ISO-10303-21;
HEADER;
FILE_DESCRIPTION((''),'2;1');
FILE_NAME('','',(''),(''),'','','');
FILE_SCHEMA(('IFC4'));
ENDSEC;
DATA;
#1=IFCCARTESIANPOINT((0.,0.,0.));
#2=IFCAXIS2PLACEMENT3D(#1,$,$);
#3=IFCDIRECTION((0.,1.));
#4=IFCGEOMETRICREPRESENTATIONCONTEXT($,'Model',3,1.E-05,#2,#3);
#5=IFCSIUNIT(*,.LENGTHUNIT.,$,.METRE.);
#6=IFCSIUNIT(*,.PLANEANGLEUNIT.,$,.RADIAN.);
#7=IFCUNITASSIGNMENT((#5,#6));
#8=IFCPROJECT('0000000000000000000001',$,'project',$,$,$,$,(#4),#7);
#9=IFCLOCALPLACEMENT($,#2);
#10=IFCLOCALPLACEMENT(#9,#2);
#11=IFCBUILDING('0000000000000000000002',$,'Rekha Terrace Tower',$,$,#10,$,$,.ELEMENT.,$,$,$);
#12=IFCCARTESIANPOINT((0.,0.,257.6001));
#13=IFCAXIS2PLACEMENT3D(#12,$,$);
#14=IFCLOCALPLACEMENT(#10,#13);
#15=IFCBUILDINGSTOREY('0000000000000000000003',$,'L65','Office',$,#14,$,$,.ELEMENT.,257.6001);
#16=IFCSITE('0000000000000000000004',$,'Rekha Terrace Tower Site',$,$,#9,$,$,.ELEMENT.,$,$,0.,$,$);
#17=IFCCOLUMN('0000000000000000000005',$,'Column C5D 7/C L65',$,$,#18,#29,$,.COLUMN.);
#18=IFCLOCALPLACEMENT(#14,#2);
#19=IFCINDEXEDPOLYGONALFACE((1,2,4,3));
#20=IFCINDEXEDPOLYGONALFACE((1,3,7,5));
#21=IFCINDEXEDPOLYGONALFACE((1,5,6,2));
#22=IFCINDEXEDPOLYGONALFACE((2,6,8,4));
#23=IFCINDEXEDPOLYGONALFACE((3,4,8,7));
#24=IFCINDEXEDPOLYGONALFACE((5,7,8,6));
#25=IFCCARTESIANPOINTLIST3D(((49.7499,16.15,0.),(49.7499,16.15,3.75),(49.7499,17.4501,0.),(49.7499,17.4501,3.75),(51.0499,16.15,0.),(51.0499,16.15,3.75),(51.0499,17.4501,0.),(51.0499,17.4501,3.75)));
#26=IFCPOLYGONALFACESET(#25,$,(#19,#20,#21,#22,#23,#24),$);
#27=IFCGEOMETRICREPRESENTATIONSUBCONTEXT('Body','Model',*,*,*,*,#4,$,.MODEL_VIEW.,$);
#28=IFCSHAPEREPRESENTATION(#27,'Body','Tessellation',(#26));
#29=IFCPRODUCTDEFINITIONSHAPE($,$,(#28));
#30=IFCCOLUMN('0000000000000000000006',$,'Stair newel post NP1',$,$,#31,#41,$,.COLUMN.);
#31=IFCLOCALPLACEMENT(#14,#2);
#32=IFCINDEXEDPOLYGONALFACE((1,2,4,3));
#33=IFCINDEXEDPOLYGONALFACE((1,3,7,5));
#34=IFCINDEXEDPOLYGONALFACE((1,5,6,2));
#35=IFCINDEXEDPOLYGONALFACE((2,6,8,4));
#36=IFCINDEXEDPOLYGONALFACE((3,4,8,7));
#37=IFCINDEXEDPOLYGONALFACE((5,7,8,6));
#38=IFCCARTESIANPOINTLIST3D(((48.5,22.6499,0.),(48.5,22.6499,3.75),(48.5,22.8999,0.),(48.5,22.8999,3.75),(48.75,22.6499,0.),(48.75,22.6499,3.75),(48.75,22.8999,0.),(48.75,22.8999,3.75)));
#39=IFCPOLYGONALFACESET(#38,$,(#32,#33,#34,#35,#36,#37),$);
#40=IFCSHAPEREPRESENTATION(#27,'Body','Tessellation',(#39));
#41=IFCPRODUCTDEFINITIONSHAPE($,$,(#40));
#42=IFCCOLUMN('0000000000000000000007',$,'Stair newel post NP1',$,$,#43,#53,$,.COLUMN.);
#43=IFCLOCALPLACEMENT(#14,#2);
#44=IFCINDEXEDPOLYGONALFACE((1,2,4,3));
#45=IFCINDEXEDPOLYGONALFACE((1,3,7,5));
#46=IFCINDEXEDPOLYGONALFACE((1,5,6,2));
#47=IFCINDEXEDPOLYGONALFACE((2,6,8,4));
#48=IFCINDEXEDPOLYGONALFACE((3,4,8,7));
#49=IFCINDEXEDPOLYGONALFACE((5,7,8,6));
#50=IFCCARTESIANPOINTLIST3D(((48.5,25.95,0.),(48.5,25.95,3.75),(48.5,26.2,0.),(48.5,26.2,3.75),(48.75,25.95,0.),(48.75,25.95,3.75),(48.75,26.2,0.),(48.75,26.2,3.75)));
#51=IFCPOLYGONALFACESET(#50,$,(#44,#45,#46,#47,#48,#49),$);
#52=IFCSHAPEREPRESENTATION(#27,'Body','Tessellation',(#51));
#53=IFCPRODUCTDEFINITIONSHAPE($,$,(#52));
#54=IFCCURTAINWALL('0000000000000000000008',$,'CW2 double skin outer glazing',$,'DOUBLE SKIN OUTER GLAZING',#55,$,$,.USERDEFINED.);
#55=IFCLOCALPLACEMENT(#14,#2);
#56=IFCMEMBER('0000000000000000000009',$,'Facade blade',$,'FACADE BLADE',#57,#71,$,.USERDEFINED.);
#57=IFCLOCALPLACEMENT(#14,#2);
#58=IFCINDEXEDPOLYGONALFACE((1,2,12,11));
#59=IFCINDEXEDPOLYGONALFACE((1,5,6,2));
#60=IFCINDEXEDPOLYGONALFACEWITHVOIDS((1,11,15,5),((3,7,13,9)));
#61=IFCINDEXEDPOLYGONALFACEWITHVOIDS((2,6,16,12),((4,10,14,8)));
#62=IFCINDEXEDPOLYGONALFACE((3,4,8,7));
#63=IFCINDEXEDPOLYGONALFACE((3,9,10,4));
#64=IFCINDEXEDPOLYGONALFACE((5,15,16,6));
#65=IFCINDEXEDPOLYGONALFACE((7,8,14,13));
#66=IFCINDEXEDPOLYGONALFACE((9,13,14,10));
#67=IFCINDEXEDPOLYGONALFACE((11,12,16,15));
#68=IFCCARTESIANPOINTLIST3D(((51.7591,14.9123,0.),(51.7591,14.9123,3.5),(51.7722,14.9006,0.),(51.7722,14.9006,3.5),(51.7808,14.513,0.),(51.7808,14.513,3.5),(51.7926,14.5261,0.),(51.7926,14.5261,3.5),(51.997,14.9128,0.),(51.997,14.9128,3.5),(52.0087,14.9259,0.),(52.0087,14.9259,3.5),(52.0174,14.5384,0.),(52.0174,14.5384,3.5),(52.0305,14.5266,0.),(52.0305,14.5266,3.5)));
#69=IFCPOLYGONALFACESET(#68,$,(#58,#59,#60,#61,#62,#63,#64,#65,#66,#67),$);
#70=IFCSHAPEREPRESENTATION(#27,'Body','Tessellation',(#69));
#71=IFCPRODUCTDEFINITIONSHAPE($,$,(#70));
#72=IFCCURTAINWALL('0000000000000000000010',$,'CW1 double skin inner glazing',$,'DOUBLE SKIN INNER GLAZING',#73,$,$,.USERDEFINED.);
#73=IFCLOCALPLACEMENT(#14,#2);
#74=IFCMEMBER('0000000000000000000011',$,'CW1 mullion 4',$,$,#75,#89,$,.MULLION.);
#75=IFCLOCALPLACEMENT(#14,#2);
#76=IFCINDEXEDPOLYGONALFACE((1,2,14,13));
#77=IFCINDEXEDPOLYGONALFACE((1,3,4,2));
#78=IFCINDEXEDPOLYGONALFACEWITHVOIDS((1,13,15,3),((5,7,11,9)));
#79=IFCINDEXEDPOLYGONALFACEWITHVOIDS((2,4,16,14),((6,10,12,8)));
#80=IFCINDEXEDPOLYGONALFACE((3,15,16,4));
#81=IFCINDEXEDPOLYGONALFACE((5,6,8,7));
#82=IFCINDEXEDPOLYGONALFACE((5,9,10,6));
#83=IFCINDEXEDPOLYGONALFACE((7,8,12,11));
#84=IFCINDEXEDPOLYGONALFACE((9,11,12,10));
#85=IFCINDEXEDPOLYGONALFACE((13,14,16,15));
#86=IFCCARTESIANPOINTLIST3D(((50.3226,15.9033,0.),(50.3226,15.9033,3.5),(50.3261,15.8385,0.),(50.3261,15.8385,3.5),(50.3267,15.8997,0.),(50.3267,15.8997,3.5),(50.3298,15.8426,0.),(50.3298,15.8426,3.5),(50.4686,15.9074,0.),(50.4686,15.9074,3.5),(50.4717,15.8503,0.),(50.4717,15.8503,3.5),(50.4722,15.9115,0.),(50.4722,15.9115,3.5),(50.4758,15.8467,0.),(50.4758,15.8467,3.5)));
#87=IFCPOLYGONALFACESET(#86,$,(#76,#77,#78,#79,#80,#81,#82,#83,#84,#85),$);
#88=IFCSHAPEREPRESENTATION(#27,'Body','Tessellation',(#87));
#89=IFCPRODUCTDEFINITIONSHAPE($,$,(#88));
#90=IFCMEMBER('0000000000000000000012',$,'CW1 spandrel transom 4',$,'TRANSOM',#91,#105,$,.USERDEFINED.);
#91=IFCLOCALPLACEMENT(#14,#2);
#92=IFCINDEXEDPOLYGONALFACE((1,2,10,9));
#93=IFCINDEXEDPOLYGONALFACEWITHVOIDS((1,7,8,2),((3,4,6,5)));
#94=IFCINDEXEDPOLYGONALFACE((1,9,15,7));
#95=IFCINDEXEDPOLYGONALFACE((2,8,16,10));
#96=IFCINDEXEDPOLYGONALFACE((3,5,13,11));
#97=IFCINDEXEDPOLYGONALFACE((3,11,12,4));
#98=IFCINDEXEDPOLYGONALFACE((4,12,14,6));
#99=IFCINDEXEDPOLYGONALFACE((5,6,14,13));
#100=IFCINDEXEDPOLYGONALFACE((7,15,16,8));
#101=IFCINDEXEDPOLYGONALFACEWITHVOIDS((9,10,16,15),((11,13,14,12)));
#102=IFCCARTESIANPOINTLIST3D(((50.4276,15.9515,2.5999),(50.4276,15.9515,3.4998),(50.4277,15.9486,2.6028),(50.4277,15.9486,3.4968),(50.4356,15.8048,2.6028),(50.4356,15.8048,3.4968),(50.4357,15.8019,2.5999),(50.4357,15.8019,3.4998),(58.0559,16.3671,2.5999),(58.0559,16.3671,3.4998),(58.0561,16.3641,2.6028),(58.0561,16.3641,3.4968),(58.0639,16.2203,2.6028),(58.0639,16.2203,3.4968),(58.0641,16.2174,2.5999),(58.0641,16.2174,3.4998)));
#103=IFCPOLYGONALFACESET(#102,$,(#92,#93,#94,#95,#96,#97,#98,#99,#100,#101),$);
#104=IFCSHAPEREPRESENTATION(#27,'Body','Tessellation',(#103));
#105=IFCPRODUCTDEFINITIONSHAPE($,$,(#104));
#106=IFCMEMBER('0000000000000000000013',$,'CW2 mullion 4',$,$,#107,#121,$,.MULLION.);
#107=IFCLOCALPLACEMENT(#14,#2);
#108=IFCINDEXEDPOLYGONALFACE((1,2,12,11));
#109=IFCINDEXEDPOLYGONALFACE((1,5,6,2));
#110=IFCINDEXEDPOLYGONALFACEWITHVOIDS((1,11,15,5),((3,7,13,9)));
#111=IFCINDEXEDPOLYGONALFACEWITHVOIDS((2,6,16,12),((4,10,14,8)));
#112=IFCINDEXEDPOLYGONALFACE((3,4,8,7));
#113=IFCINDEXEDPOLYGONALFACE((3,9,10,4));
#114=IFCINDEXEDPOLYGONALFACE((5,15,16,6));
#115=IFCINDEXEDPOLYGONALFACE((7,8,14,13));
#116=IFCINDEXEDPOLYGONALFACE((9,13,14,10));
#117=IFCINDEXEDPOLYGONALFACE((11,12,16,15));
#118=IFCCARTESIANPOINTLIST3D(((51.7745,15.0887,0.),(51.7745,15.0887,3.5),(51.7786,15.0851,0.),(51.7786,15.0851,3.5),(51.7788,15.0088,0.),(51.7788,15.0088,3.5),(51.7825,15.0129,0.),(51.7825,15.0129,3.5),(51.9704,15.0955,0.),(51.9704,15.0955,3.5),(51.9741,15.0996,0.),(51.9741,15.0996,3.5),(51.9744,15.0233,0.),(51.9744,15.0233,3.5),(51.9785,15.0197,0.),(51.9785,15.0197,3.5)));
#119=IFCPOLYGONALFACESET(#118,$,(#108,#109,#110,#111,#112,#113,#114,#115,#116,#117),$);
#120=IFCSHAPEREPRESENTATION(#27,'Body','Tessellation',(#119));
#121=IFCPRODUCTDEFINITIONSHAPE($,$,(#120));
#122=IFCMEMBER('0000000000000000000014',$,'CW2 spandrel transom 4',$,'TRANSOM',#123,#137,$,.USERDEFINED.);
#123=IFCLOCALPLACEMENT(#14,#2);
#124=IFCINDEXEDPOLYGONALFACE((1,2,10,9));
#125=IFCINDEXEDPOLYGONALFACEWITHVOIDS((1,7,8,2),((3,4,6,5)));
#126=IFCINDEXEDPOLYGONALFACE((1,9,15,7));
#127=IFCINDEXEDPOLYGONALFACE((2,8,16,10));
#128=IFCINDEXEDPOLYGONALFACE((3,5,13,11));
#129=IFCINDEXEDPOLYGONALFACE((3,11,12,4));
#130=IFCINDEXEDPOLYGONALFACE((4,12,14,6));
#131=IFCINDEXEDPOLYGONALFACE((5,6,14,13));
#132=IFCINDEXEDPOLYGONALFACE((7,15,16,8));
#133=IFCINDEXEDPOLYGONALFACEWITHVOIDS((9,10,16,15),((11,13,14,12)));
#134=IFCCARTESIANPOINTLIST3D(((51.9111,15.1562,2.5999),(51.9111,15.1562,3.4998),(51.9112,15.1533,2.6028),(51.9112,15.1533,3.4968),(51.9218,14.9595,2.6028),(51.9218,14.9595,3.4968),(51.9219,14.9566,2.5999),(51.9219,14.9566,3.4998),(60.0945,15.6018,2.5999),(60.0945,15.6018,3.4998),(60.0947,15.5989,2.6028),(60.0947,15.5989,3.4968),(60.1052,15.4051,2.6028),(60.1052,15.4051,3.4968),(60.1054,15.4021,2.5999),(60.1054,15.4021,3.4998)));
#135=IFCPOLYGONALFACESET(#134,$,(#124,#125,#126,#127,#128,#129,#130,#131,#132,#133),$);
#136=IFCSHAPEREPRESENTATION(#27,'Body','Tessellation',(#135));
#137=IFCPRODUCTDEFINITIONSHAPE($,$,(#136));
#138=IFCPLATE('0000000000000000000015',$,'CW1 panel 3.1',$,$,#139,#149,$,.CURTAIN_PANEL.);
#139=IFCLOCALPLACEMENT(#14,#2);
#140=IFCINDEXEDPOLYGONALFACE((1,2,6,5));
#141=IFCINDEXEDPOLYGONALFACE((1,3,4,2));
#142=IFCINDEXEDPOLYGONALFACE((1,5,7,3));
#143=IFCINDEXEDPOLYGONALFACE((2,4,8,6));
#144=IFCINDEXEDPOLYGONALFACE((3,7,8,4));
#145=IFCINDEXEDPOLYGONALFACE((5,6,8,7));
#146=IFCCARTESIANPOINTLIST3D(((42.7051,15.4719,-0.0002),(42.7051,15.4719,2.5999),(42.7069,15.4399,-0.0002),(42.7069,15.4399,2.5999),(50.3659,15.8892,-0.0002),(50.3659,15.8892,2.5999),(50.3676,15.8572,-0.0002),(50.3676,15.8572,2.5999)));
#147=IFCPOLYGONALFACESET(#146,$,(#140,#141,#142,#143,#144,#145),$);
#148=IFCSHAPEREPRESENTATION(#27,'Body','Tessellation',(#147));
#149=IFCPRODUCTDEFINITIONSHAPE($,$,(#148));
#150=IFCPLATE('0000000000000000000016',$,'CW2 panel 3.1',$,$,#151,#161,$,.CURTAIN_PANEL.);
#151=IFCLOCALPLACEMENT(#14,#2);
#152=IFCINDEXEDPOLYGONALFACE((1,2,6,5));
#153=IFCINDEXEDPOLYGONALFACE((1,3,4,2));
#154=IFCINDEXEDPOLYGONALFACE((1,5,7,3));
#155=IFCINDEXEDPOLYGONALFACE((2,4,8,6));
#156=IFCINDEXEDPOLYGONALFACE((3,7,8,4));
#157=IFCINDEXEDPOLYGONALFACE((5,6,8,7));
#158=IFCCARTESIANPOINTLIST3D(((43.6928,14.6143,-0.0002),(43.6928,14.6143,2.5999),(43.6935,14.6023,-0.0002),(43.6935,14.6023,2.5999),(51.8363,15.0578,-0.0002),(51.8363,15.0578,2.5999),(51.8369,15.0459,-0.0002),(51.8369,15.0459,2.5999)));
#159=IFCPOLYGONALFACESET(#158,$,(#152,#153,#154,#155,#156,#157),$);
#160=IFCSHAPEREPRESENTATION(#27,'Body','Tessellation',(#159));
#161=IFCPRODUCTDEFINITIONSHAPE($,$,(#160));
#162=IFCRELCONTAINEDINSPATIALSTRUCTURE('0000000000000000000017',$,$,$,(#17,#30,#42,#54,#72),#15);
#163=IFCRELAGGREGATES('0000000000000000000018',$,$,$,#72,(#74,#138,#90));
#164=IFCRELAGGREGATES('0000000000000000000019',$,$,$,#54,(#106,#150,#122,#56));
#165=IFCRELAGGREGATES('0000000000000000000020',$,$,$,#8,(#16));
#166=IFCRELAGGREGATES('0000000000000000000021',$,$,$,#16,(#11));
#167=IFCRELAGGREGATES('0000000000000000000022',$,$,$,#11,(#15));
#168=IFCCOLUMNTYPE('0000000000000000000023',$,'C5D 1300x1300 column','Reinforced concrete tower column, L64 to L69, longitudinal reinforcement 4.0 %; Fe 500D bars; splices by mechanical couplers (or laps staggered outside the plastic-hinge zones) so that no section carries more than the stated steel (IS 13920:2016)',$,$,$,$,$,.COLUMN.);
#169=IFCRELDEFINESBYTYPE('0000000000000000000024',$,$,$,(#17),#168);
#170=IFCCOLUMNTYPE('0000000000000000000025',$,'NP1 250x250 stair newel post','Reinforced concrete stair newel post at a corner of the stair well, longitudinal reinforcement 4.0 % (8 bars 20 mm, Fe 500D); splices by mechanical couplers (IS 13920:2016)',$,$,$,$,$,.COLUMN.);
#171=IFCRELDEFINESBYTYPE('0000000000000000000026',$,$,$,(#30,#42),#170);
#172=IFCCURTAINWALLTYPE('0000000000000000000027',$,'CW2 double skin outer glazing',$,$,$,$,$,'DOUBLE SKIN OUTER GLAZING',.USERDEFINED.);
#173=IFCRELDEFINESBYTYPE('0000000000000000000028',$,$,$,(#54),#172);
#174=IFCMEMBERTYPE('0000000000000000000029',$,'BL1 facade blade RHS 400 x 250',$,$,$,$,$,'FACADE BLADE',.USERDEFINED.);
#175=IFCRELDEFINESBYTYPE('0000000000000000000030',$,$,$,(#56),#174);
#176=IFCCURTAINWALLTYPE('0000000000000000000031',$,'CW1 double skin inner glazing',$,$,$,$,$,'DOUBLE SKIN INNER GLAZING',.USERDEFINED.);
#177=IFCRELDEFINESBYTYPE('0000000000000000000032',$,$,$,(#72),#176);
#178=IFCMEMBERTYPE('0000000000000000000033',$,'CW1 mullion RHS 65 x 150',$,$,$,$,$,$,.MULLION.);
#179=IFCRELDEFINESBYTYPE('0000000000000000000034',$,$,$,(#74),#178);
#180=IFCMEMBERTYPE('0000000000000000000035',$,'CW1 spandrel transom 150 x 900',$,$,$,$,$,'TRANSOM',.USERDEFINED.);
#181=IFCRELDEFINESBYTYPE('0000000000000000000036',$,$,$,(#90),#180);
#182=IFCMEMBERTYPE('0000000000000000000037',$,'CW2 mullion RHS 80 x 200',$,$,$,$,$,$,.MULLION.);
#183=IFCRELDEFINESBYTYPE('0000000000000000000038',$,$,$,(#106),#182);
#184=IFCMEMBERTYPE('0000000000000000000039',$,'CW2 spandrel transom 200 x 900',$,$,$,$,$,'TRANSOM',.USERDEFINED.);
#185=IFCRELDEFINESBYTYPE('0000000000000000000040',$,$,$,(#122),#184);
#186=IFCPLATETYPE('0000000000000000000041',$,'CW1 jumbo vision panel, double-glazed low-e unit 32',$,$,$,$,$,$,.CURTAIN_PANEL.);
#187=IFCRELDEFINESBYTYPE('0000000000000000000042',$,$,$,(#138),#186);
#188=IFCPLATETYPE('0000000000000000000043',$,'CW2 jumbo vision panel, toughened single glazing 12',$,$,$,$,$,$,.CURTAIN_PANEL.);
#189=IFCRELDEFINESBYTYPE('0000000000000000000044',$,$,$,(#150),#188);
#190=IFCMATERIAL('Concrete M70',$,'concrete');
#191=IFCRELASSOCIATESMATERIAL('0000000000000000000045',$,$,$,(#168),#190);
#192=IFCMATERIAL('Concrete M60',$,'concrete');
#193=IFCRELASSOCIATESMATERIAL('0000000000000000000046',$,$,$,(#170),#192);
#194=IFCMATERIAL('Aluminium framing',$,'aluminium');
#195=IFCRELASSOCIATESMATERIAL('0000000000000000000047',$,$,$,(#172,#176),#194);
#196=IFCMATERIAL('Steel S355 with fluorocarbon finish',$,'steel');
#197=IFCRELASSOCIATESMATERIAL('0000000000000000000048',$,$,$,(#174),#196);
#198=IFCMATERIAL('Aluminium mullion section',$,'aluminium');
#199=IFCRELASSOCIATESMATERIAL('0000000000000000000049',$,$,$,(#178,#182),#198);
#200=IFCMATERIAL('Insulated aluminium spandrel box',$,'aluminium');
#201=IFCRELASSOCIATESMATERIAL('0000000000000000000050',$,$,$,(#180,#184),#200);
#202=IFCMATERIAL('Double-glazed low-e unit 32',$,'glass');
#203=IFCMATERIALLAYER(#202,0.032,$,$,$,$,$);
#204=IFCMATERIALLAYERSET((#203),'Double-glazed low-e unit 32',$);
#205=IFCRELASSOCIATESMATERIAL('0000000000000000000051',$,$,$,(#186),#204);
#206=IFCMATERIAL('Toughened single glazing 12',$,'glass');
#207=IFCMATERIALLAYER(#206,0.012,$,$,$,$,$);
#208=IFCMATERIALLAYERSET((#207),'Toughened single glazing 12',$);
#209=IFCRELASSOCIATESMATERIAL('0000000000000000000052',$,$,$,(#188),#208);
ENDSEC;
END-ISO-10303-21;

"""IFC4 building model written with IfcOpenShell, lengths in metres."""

from ifc_helpers import new_model, si_unit, direction, frame, origin, origin_2d, place, context, subcontext, project, spatial, rectangle, hollow_rectangle, extrude, material, layer, layer_set, material_profile, profile_set, type_object, element, aggregate, save


model = new_model("IFC4")

# Units and contexts
model_context = context("Model", 3, precision=1e-05, world=origin(), true_north=direction((0.0, 1.0)))
body_context = subcontext(model_context, "Body", "Model", "MODEL_VIEW")
ifc_project = project(units=[si_unit("LENGTHUNIT", "METRE"), si_unit("PLANEANGLEUNIT", "RADIAN")], contexts=[model_context])

# Site, building, storey
site_placement = place(None, origin())
site = spatial("IfcSite", under=ifc_project, at=site_placement, Name="Rekha Terrace Tower Site", CompositionType="ELEMENT", RefElevation=0.0)
building_placement = place(site_placement, origin())
building = spatial("IfcBuilding", under=site, at=building_placement, Name="Rekha Terrace Tower", CompositionType="ELEMENT")
storey_placement = place(building_placement, frame((0.0, 0.0, 257.6001)))
storey = spatial("IfcBuildingStorey", under=building, at=storey_placement, Name="L65", Description="Office", CompositionType="ELEMENT", Elevation=257.6001)

# Columns
ifc_material_1 = material(Name="Concrete M70", Category="concrete")
ifc_material_profile_1 = material_profile(ifc_material_1, rectangle(XDim=1.3, YDim=1.3, at=origin_2d()), Name="RC 1300x1300")
ifc_profile_set_1 = profile_set([ifc_material_profile_1], Name="Concrete M70")
column_type_1 = type_object("IfcColumnType", Name="C5D 1300x1300 column", Description="Reinforced concrete tower column, L64 to L69, longitudinal reinforcement 4.0 %; Fe 500D bars; splices by mechanical couplers (or laps staggered outside the plastic-hinge zones) so that no section carries more than the stated steel (IS 13920:2016)", PredefinedType="COLUMN", material=ifc_profile_set_1)
column_placement = place(storey_placement, frame((50.3999, 16.8, 0.0), z_axis=(0.0, 0.0, 1.0), x_axis=(1.0, 0.0, 0.0)))
element("IfcColumn", 1, at=column_placement, inside=storey, type_object=column_type_1, Name="Column C5D 7/C L65", PredefinedType="COLUMN", context=body_context, shape_type="SweptSolid", body=[
    extrude(rectangle(XDim=1.3, YDim=1.3, at=origin_2d()), origin(), (0.0, 0.0, 1.0), 3.75),
])
ifc_material_2 = material(Name="Concrete M60", Category="concrete")
ifc_material_profile_2 = material_profile(ifc_material_2, rectangle(XDim=0.25, YDim=0.25, at=origin_2d()), Name="RC 250x250")
ifc_profile_set_2 = profile_set([ifc_material_profile_2], Name="Concrete M60")
column_type_2 = type_object("IfcColumnType", Name="NP1 250x250 stair newel post", Description="Reinforced concrete stair newel post at a corner of the stair well, longitudinal reinforcement 4.0 % (8 bars 20 mm, Fe 500D); splices by mechanical couplers (IS 13920:2016)", PredefinedType="COLUMN", material=ifc_profile_set_2)
for number, where, z_axis, x_axis, name in (
    (2, (48.625, 22.7749, 0.0), (0.0, 0.0, 1.0), (1.0, 0.0, 0.0), "Stair newel post NP1"),
    (3, (48.625, 26.075, 0.0), (0.0, 0.0, 1.0), (1.0, 0.0, 0.0), "Stair newel post NP1"),
):
    element("IfcColumn", number, at=place(storey_placement, frame(where, z_axis=z_axis, x_axis=x_axis)), inside=storey, type_object=column_type_2, Name=name, PredefinedType="COLUMN", context=body_context, shape_type="SweptSolid", body=[
        extrude(rectangle(XDim=0.25, YDim=0.25, at=origin_2d()), origin(), (0.0, 0.0, 1.0), 3.75),
    ])

# Curtain wall, member
ifc_material_3 = material(Name="Aluminium framing", Category="aluminium")
curtain_wall_type_1 = type_object("IfcCurtainWallType", Name="CW2 double skin outer glazing", ElementType="DOUBLE SKIN OUTER GLAZING", PredefinedType="USERDEFINED", material=ifc_material_3)
curtain_wall_1_placement = place(storey_placement, origin())
curtain_wall_1 = element("IfcCurtainWall", 4, at=curtain_wall_1_placement, inside=storey, type_object=curtain_wall_type_1, Name="CW2 double skin outer glazing", ObjectType="DOUBLE SKIN OUTER GLAZING", PredefinedType="USERDEFINED")
ifc_material_4 = material(Name="Steel S355 with fluorocarbon finish", Category="steel")
ifc_material_profile_3 = material_profile(ifc_material_4, hollow_rectangle(XDim=0.25, YDim=0.3999, WallThickness=0.0125, at=origin_2d()), Name="RHS400x250x12.5")
ifc_profile_set_3 = profile_set([ifc_material_profile_3], Name="Steel S355 with fluorocarbon finish")
member_type_1 = type_object("IfcMemberType", Name="BL1 facade blade RHS 400 x 250", ElementType="FACADE BLADE", PredefinedType="USERDEFINED", material=ifc_profile_set_3)
member_1_placement = place(storey_placement, frame((51.8948, 14.7195, 0.0), z_axis=(0.0, 0.0, 1.0), x_axis=(0.99852, 0.054389, 0.0)))
member_1 = element("IfcMember", 5, at=member_1_placement, type_object=member_type_1, Name="Facade blade", ObjectType="FACADE BLADE", PredefinedType="USERDEFINED", context=body_context, shape_type="SweptSolid", body=[
    extrude(hollow_rectangle(XDim=0.25, YDim=0.3999, WallThickness=0.0125, at=origin_2d()), origin(), (0.0, 0.0, 1.0), 3.5),
])

# Curtain wall, members
curtain_wall_type_2 = type_object("IfcCurtainWallType", Name="CW1 double skin inner glazing", ElementType="DOUBLE SKIN INNER GLAZING", PredefinedType="USERDEFINED", material=ifc_material_3)
curtain_wall_2_placement = place(storey_placement, origin())
curtain_wall_2 = element("IfcCurtainWall", 6, at=curtain_wall_2_placement, inside=storey, type_object=curtain_wall_type_2, Name="CW1 double skin inner glazing", ObjectType="DOUBLE SKIN INNER GLAZING", PredefinedType="USERDEFINED")
ifc_material_5 = material(Name="Aluminium mullion section", Category="aluminium")
ifc_material_profile_4 = material_profile(ifc_material_5, hollow_rectangle(XDim=0.0649, YDim=0.1499, WallThickness=0.0039, at=origin_2d()), Name="AL RHS 65x150")
ifc_profile_set_4 = profile_set([ifc_material_profile_4], Name="Aluminium mullion section")
member_type_2 = type_object("IfcMemberType", Name="CW1 mullion RHS 65 x 150", PredefinedType="MULLION", material=ifc_profile_set_4)
member_2_placement = place(storey_placement, frame((50.3992, 15.875, 0.0), z_axis=(0.0, 0.0, 1.0), x_axis=(-0.054389, 0.99852, 0.0)))
member_2 = element("IfcMember", 7, at=member_2_placement, type_object=member_type_2, Name="CW1 mullion 4", PredefinedType="MULLION", context=body_context, shape_type="SweptSolid", body=[
    extrude(hollow_rectangle(XDim=0.0649, YDim=0.1499, WallThickness=0.0039, at=origin_2d()), origin(), (0.0, 0.0, 1.0), 3.5),
])
ifc_material_6 = material(Name="Insulated aluminium spandrel box", Category="aluminium")
ifc_material_profile_5 = material_profile(ifc_material_6, hollow_rectangle(XDim=0.1499, YDim=0.8999, WallThickness=0.0029, at=origin_2d()), Name="AL SPANDREL BOX 150x900")
ifc_profile_set_5 = profile_set([ifc_material_profile_5], Name="Insulated aluminium spandrel box")
member_type_3 = type_object("IfcMemberType", Name="CW1 spandrel transom 150 x 900", ElementType="TRANSOM", PredefinedType="USERDEFINED", material=ifc_profile_set_5)
member_3_placement = place(storey_placement, frame((50.4316, 15.8767, 3.0498), z_axis=(0.99852, 0.05439, 0.0), x_axis=(-0.05439, 0.99852, 0.0)))
member_3 = element("IfcMember", 8, at=member_3_placement, type_object=member_type_3, Name="CW1 spandrel transom 4", ObjectType="TRANSOM", PredefinedType="USERDEFINED", context=body_context, shape_type="SweptSolid", body=[
    extrude(hollow_rectangle(XDim=0.1499, YDim=0.8999, WallThickness=0.0029, at=origin_2d()), origin(), (0.0, 0.0, 1.0), 7.6396),
])

# Members
ifc_material_profile_6 = material_profile(ifc_material_5, hollow_rectangle(XDim=0.0801, YDim=0.2, WallThickness=0.0039, at=origin_2d()), Name="AL RHS 80x200")
ifc_profile_set_6 = profile_set([ifc_material_profile_6], Name="Aluminium mullion section")
member_type_4 = type_object("IfcMemberType", Name="CW2 mullion RHS 80 x 200", PredefinedType="MULLION", material=ifc_profile_set_6)
member_4_placement = place(storey_placement, frame((51.8765, 15.0542, 0.0), z_axis=(0.0, 0.0, 1.0), x_axis=(-0.054389, 0.99852, 0.0)))
member_4 = element("IfcMember", 9, at=member_4_placement, type_object=member_type_4, Name="CW2 mullion 4", PredefinedType="MULLION", context=body_context, shape_type="SweptSolid", body=[
    extrude(hollow_rectangle(XDim=0.0801, YDim=0.2, WallThickness=0.0039, at=origin_2d()), origin(), (0.0, 0.0, 1.0), 3.5),
])
ifc_material_profile_7 = material_profile(ifc_material_6, hollow_rectangle(XDim=0.2, YDim=0.8999, WallThickness=0.0029, at=origin_2d()), Name="AL SPANDREL BOX 200x900")
ifc_profile_set_7 = profile_set([ifc_material_profile_7], Name="Insulated aluminium spandrel box")
member_type_5 = type_object("IfcMemberType", Name="CW2 spandrel transom 200 x 900", ElementType="TRANSOM", PredefinedType="USERDEFINED", material=ifc_profile_set_7)
member_5_placement = place(storey_placement, frame((51.9165, 15.0564, 3.0498), z_axis=(0.998521, 0.054366, 0.0), x_axis=(-0.054366, 0.998521, 0.0)))
member_5 = element("IfcMember", 10, at=member_5_placement, type_object=member_type_5, Name="CW2 spandrel transom 4", ObjectType="TRANSOM", PredefinedType="USERDEFINED", context=body_context, shape_type="SweptSolid", body=[
    extrude(hollow_rectangle(XDim=0.2, YDim=0.8999, WallThickness=0.0029, at=origin_2d()), origin(), (0.0, 0.0, 1.0), 8.1956),
])

# Plates
ifc_material_7 = material(Name="Double-glazed low-e unit 32", Category="glass")
ifc_layer_1 = layer(ifc_material_7, 0.032)
ifc_layer_set_1 = layer_set([ifc_layer_1], Name="Double-glazed low-e unit 32")
plate_type_1 = type_object("IfcPlateType", Name="CW1 jumbo vision panel, double-glazed low-e unit 32", PredefinedType="CURTAIN_PANEL", material=ifc_layer_set_1)
plate_1_placement = place(storey_placement, frame((46.5364, 15.6646, -0.0002), z_axis=(0.0, 0.0, 1.0), x_axis=(0.99852, 0.054389, 0.0)))
plate_1 = element("IfcPlate", 11, at=plate_1_placement, type_object=plate_type_1, Name="CW1 panel 3.1", PredefinedType="CURTAIN_PANEL", context=body_context, shape_type="SweptSolid", body=[
    extrude(rectangle(XDim=7.6721, YDim=0.032, at=origin_2d()), origin(), (0.0, 0.0, 1.0), 2.6001),
])
aggregate(curtain_wall_2, [member_2, plate_1, member_3])
ifc_material_8 = material(Name="Toughened single glazing 12", Category="glass")
ifc_layer_2 = layer(ifc_material_8, 0.012)
ifc_layer_set_2 = layer_set([ifc_layer_2], Name="Toughened single glazing 12")
plate_type_2 = type_object("IfcPlateType", Name="CW2 jumbo vision panel, toughened single glazing 12", PredefinedType="CURTAIN_PANEL", material=ifc_layer_set_2)
plate_2_placement = place(storey_placement, frame((47.7649, 14.8301, -0.0002), z_axis=(0.0, 0.0, 1.0), x_axis=(0.99852, 0.054389, 0.0)))
plate_2 = element("IfcPlate", 12, at=plate_2_placement, type_object=plate_type_2, Name="CW2 panel 3.1", PredefinedType="CURTAIN_PANEL", context=body_context, shape_type="SweptSolid", body=[
    extrude(rectangle(XDim=8.1555, YDim=0.012, at=origin_2d()), origin(), (0.0, 0.0, 1.0), 2.6001),
])
aggregate(curtain_wall_1, [member_4, plate_2, member_5, member_1])

save(model, "model.ifc")
